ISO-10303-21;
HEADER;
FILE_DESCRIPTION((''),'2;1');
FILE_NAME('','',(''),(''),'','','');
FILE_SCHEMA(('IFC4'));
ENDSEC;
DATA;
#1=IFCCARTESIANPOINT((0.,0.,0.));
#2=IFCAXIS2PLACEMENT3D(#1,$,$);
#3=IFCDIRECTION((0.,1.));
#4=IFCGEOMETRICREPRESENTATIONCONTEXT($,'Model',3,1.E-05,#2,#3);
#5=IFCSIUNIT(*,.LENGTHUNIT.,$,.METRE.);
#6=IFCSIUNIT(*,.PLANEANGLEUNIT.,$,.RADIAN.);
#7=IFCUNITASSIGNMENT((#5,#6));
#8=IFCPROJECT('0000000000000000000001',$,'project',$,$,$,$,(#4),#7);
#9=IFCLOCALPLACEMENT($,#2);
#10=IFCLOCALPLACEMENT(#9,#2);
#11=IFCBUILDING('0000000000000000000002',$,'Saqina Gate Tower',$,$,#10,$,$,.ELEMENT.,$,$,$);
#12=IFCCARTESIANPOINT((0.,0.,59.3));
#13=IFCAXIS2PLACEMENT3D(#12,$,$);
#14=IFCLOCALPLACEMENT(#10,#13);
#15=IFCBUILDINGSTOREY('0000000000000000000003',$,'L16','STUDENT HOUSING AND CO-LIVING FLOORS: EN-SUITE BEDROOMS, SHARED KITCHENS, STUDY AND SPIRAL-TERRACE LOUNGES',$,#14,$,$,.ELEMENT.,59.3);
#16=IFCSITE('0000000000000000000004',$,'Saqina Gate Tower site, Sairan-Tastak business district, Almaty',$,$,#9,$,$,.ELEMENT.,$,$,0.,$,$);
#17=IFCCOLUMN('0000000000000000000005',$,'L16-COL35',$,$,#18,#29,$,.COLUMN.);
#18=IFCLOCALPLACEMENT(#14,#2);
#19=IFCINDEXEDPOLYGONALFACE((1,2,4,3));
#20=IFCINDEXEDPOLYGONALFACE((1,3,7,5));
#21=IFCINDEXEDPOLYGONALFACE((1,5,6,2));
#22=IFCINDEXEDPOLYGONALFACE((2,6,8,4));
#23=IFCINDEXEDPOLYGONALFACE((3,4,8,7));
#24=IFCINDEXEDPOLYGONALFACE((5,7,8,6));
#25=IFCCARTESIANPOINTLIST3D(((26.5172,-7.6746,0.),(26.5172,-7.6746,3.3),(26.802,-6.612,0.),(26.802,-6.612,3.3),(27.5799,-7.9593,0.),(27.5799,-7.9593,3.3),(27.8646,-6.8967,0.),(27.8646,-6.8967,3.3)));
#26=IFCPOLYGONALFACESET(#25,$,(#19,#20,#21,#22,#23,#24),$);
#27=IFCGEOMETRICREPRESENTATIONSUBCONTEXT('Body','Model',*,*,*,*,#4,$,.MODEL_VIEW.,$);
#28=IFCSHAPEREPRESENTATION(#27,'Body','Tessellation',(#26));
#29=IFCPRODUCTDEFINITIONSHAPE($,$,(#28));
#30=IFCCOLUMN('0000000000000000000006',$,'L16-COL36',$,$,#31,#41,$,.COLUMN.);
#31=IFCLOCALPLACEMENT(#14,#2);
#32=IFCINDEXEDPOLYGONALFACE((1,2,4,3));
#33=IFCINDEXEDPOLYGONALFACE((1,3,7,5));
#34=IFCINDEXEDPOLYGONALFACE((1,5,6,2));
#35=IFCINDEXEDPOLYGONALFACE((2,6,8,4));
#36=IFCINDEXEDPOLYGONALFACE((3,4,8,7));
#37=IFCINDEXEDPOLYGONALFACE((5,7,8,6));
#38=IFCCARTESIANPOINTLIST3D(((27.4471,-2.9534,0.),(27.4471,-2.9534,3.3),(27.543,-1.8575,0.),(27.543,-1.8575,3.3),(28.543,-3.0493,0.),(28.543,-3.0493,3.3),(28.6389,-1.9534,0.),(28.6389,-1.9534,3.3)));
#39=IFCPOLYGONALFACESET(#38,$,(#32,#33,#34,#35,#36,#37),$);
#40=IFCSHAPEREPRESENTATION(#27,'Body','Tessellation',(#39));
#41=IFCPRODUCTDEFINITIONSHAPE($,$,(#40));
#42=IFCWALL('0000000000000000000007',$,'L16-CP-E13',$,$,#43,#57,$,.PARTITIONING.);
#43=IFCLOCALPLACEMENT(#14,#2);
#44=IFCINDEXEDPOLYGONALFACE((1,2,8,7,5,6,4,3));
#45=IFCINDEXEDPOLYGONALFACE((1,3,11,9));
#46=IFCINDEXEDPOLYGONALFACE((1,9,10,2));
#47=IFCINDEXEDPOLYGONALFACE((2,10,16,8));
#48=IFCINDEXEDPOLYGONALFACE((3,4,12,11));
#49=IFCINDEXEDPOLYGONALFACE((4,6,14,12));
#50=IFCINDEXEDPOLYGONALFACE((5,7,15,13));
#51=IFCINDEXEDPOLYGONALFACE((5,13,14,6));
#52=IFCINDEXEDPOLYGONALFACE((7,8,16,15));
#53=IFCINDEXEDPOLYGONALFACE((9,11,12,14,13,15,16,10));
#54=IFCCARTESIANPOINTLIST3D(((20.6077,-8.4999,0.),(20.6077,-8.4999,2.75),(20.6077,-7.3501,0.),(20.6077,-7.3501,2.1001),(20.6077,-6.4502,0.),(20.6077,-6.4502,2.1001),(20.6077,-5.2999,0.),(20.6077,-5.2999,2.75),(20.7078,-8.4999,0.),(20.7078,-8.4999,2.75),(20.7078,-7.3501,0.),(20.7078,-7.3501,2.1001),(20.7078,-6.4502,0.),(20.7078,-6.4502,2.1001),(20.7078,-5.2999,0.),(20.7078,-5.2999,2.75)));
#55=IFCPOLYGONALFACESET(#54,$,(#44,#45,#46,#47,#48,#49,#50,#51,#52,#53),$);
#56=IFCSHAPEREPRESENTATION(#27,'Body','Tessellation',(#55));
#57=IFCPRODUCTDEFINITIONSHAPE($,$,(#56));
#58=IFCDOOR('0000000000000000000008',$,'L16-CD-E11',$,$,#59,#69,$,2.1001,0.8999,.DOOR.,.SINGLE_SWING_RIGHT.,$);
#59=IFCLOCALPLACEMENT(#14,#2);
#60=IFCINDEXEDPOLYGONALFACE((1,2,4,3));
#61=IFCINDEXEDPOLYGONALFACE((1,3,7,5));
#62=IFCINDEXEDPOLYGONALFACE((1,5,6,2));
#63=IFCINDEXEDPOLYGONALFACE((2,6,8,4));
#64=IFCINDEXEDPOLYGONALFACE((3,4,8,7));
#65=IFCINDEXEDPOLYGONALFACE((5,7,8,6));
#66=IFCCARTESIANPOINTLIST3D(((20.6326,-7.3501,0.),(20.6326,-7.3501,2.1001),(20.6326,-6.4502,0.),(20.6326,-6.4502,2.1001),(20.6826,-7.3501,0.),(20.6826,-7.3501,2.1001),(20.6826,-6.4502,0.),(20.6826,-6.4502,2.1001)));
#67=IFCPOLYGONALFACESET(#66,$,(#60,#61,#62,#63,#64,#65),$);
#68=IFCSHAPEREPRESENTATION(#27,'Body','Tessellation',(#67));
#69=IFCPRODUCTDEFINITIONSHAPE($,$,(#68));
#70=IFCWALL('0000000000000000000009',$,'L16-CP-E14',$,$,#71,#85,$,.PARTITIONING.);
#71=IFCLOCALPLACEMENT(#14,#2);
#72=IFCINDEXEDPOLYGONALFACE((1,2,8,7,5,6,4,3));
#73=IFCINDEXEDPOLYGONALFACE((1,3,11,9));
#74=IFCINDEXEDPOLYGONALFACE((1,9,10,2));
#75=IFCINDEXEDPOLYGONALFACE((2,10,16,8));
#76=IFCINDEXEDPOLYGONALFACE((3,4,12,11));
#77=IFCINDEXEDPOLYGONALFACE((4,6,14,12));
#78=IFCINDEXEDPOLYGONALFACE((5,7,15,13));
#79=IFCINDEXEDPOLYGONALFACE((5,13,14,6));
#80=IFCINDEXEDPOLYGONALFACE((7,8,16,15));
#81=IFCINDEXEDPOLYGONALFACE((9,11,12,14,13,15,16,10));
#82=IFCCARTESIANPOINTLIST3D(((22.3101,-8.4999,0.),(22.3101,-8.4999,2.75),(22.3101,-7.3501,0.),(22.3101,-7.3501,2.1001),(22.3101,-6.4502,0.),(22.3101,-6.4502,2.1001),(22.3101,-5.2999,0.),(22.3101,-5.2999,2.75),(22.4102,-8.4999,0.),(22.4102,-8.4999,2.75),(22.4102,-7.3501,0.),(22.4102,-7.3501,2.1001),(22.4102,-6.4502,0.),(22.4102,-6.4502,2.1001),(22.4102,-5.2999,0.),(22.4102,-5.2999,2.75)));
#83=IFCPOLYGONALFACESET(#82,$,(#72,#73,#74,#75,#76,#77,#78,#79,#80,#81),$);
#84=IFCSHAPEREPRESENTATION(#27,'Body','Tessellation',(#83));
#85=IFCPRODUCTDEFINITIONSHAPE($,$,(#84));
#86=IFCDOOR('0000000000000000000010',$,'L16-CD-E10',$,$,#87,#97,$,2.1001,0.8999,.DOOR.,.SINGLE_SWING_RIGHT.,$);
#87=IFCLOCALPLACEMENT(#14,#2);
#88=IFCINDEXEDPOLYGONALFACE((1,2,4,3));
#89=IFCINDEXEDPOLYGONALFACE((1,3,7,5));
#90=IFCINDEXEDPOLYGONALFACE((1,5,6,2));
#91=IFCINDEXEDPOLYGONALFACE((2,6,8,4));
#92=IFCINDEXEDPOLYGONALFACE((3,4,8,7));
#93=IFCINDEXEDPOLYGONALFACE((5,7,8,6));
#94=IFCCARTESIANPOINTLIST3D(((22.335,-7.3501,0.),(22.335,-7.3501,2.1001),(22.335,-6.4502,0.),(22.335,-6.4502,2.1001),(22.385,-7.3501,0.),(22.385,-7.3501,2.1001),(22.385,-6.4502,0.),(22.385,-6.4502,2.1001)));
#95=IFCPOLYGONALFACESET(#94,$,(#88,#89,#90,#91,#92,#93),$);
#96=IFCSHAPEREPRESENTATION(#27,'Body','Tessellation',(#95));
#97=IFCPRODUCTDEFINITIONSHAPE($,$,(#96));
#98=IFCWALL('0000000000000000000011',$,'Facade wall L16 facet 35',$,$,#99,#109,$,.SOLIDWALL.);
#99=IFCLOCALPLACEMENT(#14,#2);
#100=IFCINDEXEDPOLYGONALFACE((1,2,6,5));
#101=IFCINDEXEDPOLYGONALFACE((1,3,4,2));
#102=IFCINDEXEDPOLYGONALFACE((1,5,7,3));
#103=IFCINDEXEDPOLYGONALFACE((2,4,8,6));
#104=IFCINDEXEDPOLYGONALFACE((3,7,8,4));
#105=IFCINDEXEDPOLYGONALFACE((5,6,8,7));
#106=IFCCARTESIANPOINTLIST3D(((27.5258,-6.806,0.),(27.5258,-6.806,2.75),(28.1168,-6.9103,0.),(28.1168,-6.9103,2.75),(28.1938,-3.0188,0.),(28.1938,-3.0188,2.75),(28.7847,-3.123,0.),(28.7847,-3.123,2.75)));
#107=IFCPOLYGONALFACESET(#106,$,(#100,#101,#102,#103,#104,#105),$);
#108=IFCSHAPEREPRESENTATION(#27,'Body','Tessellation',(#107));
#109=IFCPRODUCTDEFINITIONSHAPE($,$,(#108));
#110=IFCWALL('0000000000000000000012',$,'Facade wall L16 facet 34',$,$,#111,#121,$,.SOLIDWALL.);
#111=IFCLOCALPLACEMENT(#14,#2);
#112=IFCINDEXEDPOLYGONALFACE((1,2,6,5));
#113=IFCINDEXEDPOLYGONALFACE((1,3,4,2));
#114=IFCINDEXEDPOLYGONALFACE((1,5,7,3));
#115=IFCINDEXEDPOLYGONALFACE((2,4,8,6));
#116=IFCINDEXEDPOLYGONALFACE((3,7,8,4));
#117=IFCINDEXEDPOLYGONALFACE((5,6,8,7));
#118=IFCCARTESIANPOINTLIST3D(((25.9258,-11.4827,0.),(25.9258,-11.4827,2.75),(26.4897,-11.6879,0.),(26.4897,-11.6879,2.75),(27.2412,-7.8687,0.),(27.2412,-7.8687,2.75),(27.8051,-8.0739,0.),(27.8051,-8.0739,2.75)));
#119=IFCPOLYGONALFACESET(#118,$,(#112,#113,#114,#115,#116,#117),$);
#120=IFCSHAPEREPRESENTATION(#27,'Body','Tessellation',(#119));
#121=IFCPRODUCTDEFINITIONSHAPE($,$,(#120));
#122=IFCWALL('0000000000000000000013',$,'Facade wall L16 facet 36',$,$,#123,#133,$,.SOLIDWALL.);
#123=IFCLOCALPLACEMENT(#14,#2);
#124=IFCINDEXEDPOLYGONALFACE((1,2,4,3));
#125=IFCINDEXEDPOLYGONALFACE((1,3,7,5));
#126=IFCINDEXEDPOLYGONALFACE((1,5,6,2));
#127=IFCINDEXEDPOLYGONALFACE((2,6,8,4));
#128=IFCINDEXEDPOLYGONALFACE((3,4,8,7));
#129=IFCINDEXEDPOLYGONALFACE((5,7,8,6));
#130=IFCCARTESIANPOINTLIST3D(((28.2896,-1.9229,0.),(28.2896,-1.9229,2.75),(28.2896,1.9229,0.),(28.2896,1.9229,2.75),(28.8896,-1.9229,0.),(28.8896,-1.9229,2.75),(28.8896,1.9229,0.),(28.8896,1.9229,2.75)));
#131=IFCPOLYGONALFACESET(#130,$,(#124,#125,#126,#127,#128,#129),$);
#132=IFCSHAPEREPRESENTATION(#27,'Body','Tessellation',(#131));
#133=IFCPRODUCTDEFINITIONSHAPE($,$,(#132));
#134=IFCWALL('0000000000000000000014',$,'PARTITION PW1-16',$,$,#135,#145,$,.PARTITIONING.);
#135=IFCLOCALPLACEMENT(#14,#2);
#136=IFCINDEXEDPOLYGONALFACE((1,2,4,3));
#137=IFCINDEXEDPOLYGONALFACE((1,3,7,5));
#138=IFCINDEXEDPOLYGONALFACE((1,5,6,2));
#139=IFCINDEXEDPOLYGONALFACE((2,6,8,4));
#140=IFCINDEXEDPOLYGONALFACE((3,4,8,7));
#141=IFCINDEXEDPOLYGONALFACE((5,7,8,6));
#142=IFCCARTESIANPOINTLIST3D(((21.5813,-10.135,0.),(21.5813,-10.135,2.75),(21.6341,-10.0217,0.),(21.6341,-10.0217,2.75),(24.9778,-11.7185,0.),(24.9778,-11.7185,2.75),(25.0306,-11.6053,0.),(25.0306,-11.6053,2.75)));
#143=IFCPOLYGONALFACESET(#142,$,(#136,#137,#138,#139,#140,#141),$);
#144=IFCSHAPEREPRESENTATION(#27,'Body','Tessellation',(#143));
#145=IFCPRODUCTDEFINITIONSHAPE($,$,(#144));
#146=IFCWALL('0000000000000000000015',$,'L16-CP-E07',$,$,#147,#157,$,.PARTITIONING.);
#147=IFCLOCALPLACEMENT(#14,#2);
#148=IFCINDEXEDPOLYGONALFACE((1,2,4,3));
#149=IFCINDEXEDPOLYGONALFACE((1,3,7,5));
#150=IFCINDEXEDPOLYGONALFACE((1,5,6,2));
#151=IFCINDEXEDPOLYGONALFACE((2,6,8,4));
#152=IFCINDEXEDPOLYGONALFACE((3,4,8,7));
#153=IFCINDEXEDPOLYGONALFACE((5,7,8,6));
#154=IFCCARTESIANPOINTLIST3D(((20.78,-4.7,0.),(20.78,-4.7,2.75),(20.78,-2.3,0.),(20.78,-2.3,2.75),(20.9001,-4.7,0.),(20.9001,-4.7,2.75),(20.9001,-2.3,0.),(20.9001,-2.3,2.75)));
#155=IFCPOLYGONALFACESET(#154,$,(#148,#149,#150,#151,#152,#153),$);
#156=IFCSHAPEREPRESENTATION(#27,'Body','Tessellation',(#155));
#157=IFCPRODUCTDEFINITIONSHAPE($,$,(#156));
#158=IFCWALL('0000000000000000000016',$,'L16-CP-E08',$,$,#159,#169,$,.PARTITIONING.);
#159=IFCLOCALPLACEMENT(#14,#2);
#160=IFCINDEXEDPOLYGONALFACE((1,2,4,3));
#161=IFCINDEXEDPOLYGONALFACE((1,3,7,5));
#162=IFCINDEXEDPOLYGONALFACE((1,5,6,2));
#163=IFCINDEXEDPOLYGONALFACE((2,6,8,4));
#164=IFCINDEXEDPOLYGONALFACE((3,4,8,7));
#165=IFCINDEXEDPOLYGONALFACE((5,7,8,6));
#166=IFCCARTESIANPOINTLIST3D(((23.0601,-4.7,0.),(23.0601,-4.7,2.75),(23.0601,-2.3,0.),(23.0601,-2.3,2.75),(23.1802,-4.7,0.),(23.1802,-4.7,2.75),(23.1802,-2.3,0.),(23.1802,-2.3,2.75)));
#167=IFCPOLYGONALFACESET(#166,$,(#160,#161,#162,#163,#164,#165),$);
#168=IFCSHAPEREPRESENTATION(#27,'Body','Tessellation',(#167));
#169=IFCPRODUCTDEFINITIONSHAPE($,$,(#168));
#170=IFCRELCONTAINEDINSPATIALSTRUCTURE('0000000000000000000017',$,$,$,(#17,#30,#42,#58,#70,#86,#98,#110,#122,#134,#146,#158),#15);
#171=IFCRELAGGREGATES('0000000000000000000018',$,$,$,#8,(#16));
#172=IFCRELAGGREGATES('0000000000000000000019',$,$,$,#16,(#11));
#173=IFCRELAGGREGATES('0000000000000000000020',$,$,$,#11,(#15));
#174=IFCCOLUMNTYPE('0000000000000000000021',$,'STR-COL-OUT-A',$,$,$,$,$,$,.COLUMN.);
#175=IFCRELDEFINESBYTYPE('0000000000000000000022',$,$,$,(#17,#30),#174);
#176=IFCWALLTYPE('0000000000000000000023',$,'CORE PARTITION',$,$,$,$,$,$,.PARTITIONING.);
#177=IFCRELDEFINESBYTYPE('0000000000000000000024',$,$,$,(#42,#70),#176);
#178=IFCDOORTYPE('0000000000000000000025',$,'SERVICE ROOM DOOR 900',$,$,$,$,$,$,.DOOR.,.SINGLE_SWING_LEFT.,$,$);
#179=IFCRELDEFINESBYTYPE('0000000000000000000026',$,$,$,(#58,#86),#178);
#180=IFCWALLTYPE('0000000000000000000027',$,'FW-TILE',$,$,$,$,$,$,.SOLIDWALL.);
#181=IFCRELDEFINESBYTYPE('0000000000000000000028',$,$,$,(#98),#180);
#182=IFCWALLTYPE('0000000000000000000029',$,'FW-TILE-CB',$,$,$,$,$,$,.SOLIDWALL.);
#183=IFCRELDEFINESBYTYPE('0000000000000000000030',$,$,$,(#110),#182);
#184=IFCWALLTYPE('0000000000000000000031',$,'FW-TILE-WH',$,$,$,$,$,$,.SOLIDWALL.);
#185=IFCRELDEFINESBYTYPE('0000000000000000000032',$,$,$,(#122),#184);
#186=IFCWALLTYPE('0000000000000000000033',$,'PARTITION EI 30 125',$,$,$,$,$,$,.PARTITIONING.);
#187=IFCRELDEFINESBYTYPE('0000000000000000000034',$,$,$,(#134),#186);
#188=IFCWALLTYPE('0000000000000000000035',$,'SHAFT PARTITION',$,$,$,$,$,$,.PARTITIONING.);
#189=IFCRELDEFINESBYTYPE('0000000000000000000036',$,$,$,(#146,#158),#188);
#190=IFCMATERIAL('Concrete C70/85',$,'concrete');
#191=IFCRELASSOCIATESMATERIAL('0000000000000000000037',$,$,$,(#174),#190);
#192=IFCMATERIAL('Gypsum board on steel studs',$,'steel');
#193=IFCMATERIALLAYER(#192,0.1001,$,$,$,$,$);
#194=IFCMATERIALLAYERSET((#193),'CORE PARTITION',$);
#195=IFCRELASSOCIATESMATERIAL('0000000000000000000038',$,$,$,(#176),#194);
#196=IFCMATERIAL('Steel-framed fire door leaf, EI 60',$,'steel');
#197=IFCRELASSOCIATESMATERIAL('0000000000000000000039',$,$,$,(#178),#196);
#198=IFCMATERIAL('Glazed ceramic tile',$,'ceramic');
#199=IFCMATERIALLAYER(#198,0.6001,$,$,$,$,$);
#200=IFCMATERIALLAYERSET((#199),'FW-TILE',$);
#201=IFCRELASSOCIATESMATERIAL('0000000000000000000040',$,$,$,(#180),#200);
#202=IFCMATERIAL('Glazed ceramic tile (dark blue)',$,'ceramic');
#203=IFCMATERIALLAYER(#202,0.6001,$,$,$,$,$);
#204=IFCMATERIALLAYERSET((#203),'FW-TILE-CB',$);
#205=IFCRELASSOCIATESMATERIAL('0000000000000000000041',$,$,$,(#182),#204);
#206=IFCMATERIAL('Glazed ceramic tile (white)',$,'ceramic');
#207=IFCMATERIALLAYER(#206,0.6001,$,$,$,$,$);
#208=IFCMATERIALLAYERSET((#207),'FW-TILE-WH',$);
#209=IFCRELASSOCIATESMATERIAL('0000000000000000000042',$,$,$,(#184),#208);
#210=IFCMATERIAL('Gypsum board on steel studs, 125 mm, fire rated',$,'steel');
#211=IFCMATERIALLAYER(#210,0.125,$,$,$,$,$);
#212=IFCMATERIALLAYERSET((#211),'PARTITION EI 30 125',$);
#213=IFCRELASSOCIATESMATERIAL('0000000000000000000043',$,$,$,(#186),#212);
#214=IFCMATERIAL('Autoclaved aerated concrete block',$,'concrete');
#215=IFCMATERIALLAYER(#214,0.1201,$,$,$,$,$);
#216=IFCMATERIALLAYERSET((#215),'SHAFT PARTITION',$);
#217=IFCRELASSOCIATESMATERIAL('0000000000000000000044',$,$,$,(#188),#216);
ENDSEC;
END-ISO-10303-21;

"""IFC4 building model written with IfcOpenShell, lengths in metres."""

from ifc_helpers import new_model, si_unit, direction, frame, frame_2d, origin, origin_2d, place, context, subcontext, project, spatial, rectangle, extrude, material, layer, layer_set, material_profile, profile_set, type_object, element, fill, save


model = new_model("IFC4")

# Units and contexts
model_context = context("Model", 3, precision=1e-05, world=origin(), true_north=direction((0.0, 1.0)))
body_context = subcontext(model_context, "Body", "Model", "MODEL_VIEW")
ifc_project = project(units=[si_unit("LENGTHUNIT", "METRE"), si_unit("PLANEANGLEUNIT", "RADIAN")], contexts=[model_context])

# Site, building, storey
site_placement = place(None, origin())
site = spatial("IfcSite", under=ifc_project, at=site_placement, Name="Saqina Gate Tower site, Sairan-Tastak business district, Almaty", CompositionType="ELEMENT", RefElevation=0.0)
building_placement = place(site_placement, origin())
building = spatial("IfcBuilding", under=site, at=building_placement, Name="Saqina Gate Tower", CompositionType="ELEMENT")
storey_placement = place(building_placement, frame((0.0, 0.0, 59.3)))
storey = spatial("IfcBuildingStorey", under=building, at=storey_placement, Name="L16", Description="STUDENT HOUSING AND CO-LIVING FLOORS: EN-SUITE BEDROOMS, SHARED KITCHENS, STUDY AND SPIRAL-TERRACE LOUNGES", CompositionType="ELEMENT", Elevation=59.3)

# Columns
ifc_material_1 = material(Name="Concrete C70/85", Category="concrete")
ifc_material_profile = material_profile(ifc_material_1, rectangle(XDim=1.1001, YDim=1.1001, at=origin_2d()), Name="RC 1100x1100")
ifc_profile_set = profile_set([ifc_material_profile], Name="Concrete C70/85")
column_type = type_object("IfcColumnType", Name="STR-COL-OUT-A", PredefinedType="COLUMN", material=ifc_profile_set)
for number, where, z_axis, x_axis, name in (
    (1, (27.1909, -7.2856, 0.0), (0.0, 0.0, 1.0), (0.965926, -0.258819, 0.0), "L16-COL35"),
    (2, (28.043, -2.4534, 0.0), (0.0, 0.0, 1.0), (0.996195, -0.087156, 0.0), "L16-COL36"),
):
    element("IfcColumn", number, at=place(storey_placement, frame(where, z_axis=z_axis, x_axis=x_axis)), inside=storey, type_object=column_type, Name=name, PredefinedType="COLUMN", context=body_context, shape_type="SweptSolid", body=[
        extrude(rectangle(XDim=1.1001, YDim=1.1001, at=origin_2d()), origin(), (0.0, 0.0, 1.0), 3.3),
    ])

# Walls, openings, doors
ifc_material_2 = material(Name="Gypsum board on steel studs", Category="steel")
ifc_layer_1 = layer(ifc_material_2, 0.1001)
ifc_layer_set_1 = layer_set([ifc_layer_1], Name="CORE PARTITION")
wall_type_1 = type_object("IfcWallType", Name="CORE PARTITION", PredefinedType="PARTITIONING", material=ifc_layer_set_1)
wall_1_placement = place(storey_placement, frame((20.6577, -8.5, 0.0), z_axis=(0.0, 0.0, 1.0), x_axis=(0.0, 1.0, 0.0)))
wall_1 = element("IfcWall", 3, at=wall_1_placement, inside=storey, type_object=wall_type_1, Name="L16-CP-E13", PredefinedType="PARTITIONING", context=body_context, shape_type="SweptSolid", body=[
    extrude(rectangle(XDim=3.2, YDim=0.1001, at=frame_2d((1.6001, 0.0))), origin(), (0.0, 0.0, 1.0), 2.75),
])
opening_1_placement = place(wall_1_placement, frame((1.1499, 0.0, 0.0)))
opening_1 = element("IfcOpeningElement", 4, at=opening_1_placement, cuts=wall_1, PredefinedType="OPENING", context=body_context, shape_type="SweptSolid", body=[
    extrude(rectangle(XDim=0.8999, YDim=2.1001, at=frame_2d((0.45, 1.05))), frame((0.0, 0.062, 0.0), z_axis=(0.0, -1.0, 0.0), x_axis=(1.0, 0.0, 0.0)), (0.0, 0.0, 1.0), 0.124),
])
ifc_material_3 = material(Name="Steel-framed fire door leaf, EI 60", Category="steel")
door_type = type_object("IfcDoorType", Name="SERVICE ROOM DOOR 900", OperationType="SINGLE_SWING_LEFT", PredefinedType="DOOR", material=ifc_material_3)
door_1_placement = place(opening_1_placement, frame((0.8999, 0.0, 0.0), z_axis=(0.0, 0.0, 1.0), x_axis=(-1.0, 0.0, 0.0)))
door_1 = element("IfcDoor", 5, at=door_1_placement, inside=storey, type_object=door_type, Name="L16-CD-E11", OperationType="SINGLE_SWING_RIGHT", OverallHeight=2.1001, OverallWidth=0.8999, PredefinedType="DOOR", context=body_context, shape_type="SweptSolid", body=[
    extrude(rectangle(XDim=0.8999, YDim=2.1001, at=frame_2d((0.45, 1.05))), frame((0.0, 0.0249, 0.0), z_axis=(0.0, -1.0, 0.0), x_axis=(1.0, 0.0, 0.0)), (0.0, 0.0, 1.0), 0.05),
])
fill(opening_1, door_1)
wall_2_placement = place(storey_placement, frame((22.3601, -8.5, 0.0), z_axis=(0.0, 0.0, 1.0), x_axis=(0.0, 1.0, 0.0)))
wall_2 = element("IfcWall", 6, at=wall_2_placement, inside=storey, type_object=wall_type_1, Name="L16-CP-E14", PredefinedType="PARTITIONING", context=body_context, shape_type="SweptSolid", body=[
    extrude(rectangle(XDim=3.2, YDim=0.1001, at=frame_2d((1.6001, 0.0))), origin(), (0.0, 0.0, 1.0), 2.75),
])
opening_2_placement = place(wall_2_placement, frame((1.1499, 0.0, 0.0)))
opening_2 = element("IfcOpeningElement", 7, at=opening_2_placement, cuts=wall_2, PredefinedType="OPENING", context=body_context, shape_type="SweptSolid", body=[
    extrude(rectangle(XDim=0.8999, YDim=2.1001, at=frame_2d((0.45, 1.05))), frame((0.0, 0.062, 0.0), z_axis=(0.0, -1.0, 0.0), x_axis=(1.0, 0.0, 0.0)), (0.0, 0.0, 1.0), 0.124),
])
door_2_placement = place(opening_2_placement, frame((0.8999, 0.0, 0.0), z_axis=(0.0, 0.0, 1.0), x_axis=(-1.0, 0.0, 0.0)))
door_2 = element("IfcDoor", 8, at=door_2_placement, inside=storey, type_object=door_type, Name="L16-CD-E10", OperationType="SINGLE_SWING_RIGHT", OverallHeight=2.1001, OverallWidth=0.8999, PredefinedType="DOOR", context=body_context, shape_type="SweptSolid", body=[
    extrude(rectangle(XDim=0.8999, YDim=2.1001, at=frame_2d((0.45, 1.05))), frame((0.0, 0.0249, 0.0), z_axis=(0.0, -1.0, 0.0), x_axis=(1.0, 0.0, 0.0)), (0.0, 0.0, 1.0), 0.05),
])
fill(opening_2, door_2)

# Walls
ifc_material_4 = material(Name="Glazed ceramic tile", Category="ceramic")
ifc_layer_2 = layer(ifc_material_4, 0.6001)
ifc_layer_set_2 = layer_set([ifc_layer_2], Name="FW-TILE")
wall_type_2 = type_object("IfcWallType", Name="FW-TILE", PredefinedType="SOLIDWALL", material=ifc_layer_set_2)
wall_3_placement = place(storey_placement, frame((27.8213, -6.8582, 0.0), z_axis=(0.0, 0.0, 1.0), x_axis=(0.173688, 0.984801, 0.0)))
element("IfcWall", 9, at=wall_3_placement, inside=storey, type_object=wall_type_2, Name="Facade wall L16 facet 35", PredefinedType="SOLIDWALL", context=body_context, shape_type="SweptSolid", body=[
    extrude(rectangle(XDim=3.8457, YDim=0.6001, at=frame_2d((1.9229, 0.0))), origin(), (0.0, 0.0, 1.0), 2.75),
])
ifc_material_5 = material(Name="Glazed ceramic tile (dark blue)", Category="ceramic")
ifc_layer_3 = layer(ifc_material_5, 0.6001)
ifc_layer_set_3 = layer_set([ifc_layer_3], Name="FW-TILE-CB")
wall_type_3 = type_object("IfcWallType", Name="FW-TILE-CB", PredefinedType="SOLIDWALL", material=ifc_layer_set_3)
wall_4_placement = place(storey_placement, frame((26.2078, -11.5852, 0.0), z_axis=(0.0, 0.0, 1.0), x_axis=(0.342028, 0.93969, 0.0)))
element("IfcWall", 10, at=wall_4_placement, inside=storey, type_object=wall_type_3, Name="Facade wall L16 facet 34", PredefinedType="SOLIDWALL", context=body_context, shape_type="SweptSolid", body=[
    extrude(rectangle(XDim=3.8459, YDim=0.6001, at=frame_2d((1.9229, 0.0))), origin(), (0.0, 0.0, 1.0), 2.75),
])
ifc_material_6 = material(Name="Glazed ceramic tile (white)", Category="ceramic")
ifc_layer_4 = layer(ifc_material_6, 0.6001)
ifc_layer_set_4 = layer_set([ifc_layer_4], Name="FW-TILE-WH")
wall_type_4 = type_object("IfcWallType", Name="FW-TILE-WH", PredefinedType="SOLIDWALL", material=ifc_layer_set_4)
wall_5_placement = place(storey_placement, frame((28.5896, -1.9229, 0.0), z_axis=(0.0, 0.0, 1.0), x_axis=(0.0, 1.0, 0.0)))
element("IfcWall", 11, at=wall_5_placement, inside=storey, type_object=wall_type_4, Name="Facade wall L16 facet 36", PredefinedType="SOLIDWALL", context=body_context, shape_type="SweptSolid", body=[
    extrude(rectangle(XDim=3.8457, YDim=0.6001, at=frame_2d((1.9229, 0.0))), origin(), (0.0, 0.0, 1.0), 2.75),
])
ifc_material_7 = material(Name="Gypsum board on steel studs, 125 mm, fire rated", Category="steel")
ifc_layer_5 = layer(ifc_material_7, 0.125)
ifc_layer_set_5 = layer_set([ifc_layer_5], Name="PARTITION EI 30 125")
wall_type_5 = type_object("IfcWallType", Name="PARTITION EI 30 125", PredefinedType="PARTITIONING", material=ifc_layer_set_5)
wall_6_placement = place(storey_placement, frame((21.6077, -10.0784, 0.0), z_axis=(0.0, 0.0, 1.0), x_axis=(0.90634, -0.42255, 0.0)))
element("IfcWall", 12, at=wall_6_placement, inside=storey, type_object=wall_type_5, Name="PARTITION PW1-16", PredefinedType="PARTITIONING", context=body_context, shape_type="SweptSolid", body=[
    extrude(rectangle(XDim=3.7476, YDim=0.125, at=frame_2d((1.8738, 0.0))), origin(), (0.0, 0.0, 1.0), 2.75),
])
ifc_material_8 = material(Name="Autoclaved aerated concrete block", Category="concrete")
ifc_layer_6 = layer(ifc_material_8, 0.1201)
ifc_layer_set_6 = layer_set([ifc_layer_6], Name="SHAFT PARTITION")
wall_type_6 = type_object("IfcWallType", Name="SHAFT PARTITION", PredefinedType="PARTITIONING", material=ifc_layer_set_6)
for number, where, z_axis, x_axis, name in (
    (13, (20.8401, -4.7, 0.0), (0.0, 0.0, 1.0), (0.0, 1.0, 0.0), "L16-CP-E07"),
    (14, (23.1201, -4.7, 0.0), (0.0, 0.0, 1.0), (0.0, 1.0, 0.0), "L16-CP-E08"),
):
    element("IfcWall", number, at=place(storey_placement, frame(where, z_axis=z_axis, x_axis=x_axis)), inside=storey, type_object=wall_type_6, Name=name, PredefinedType="PARTITIONING", context=body_context, shape_type="SweptSolid", body=[
        extrude(rectangle(XDim=2.3999, YDim=0.1201, at=frame_2d((1.2, 0.0))), origin(), (0.0, 0.0, 1.0), 2.75),
    ])

save(model, "model.ifc")
